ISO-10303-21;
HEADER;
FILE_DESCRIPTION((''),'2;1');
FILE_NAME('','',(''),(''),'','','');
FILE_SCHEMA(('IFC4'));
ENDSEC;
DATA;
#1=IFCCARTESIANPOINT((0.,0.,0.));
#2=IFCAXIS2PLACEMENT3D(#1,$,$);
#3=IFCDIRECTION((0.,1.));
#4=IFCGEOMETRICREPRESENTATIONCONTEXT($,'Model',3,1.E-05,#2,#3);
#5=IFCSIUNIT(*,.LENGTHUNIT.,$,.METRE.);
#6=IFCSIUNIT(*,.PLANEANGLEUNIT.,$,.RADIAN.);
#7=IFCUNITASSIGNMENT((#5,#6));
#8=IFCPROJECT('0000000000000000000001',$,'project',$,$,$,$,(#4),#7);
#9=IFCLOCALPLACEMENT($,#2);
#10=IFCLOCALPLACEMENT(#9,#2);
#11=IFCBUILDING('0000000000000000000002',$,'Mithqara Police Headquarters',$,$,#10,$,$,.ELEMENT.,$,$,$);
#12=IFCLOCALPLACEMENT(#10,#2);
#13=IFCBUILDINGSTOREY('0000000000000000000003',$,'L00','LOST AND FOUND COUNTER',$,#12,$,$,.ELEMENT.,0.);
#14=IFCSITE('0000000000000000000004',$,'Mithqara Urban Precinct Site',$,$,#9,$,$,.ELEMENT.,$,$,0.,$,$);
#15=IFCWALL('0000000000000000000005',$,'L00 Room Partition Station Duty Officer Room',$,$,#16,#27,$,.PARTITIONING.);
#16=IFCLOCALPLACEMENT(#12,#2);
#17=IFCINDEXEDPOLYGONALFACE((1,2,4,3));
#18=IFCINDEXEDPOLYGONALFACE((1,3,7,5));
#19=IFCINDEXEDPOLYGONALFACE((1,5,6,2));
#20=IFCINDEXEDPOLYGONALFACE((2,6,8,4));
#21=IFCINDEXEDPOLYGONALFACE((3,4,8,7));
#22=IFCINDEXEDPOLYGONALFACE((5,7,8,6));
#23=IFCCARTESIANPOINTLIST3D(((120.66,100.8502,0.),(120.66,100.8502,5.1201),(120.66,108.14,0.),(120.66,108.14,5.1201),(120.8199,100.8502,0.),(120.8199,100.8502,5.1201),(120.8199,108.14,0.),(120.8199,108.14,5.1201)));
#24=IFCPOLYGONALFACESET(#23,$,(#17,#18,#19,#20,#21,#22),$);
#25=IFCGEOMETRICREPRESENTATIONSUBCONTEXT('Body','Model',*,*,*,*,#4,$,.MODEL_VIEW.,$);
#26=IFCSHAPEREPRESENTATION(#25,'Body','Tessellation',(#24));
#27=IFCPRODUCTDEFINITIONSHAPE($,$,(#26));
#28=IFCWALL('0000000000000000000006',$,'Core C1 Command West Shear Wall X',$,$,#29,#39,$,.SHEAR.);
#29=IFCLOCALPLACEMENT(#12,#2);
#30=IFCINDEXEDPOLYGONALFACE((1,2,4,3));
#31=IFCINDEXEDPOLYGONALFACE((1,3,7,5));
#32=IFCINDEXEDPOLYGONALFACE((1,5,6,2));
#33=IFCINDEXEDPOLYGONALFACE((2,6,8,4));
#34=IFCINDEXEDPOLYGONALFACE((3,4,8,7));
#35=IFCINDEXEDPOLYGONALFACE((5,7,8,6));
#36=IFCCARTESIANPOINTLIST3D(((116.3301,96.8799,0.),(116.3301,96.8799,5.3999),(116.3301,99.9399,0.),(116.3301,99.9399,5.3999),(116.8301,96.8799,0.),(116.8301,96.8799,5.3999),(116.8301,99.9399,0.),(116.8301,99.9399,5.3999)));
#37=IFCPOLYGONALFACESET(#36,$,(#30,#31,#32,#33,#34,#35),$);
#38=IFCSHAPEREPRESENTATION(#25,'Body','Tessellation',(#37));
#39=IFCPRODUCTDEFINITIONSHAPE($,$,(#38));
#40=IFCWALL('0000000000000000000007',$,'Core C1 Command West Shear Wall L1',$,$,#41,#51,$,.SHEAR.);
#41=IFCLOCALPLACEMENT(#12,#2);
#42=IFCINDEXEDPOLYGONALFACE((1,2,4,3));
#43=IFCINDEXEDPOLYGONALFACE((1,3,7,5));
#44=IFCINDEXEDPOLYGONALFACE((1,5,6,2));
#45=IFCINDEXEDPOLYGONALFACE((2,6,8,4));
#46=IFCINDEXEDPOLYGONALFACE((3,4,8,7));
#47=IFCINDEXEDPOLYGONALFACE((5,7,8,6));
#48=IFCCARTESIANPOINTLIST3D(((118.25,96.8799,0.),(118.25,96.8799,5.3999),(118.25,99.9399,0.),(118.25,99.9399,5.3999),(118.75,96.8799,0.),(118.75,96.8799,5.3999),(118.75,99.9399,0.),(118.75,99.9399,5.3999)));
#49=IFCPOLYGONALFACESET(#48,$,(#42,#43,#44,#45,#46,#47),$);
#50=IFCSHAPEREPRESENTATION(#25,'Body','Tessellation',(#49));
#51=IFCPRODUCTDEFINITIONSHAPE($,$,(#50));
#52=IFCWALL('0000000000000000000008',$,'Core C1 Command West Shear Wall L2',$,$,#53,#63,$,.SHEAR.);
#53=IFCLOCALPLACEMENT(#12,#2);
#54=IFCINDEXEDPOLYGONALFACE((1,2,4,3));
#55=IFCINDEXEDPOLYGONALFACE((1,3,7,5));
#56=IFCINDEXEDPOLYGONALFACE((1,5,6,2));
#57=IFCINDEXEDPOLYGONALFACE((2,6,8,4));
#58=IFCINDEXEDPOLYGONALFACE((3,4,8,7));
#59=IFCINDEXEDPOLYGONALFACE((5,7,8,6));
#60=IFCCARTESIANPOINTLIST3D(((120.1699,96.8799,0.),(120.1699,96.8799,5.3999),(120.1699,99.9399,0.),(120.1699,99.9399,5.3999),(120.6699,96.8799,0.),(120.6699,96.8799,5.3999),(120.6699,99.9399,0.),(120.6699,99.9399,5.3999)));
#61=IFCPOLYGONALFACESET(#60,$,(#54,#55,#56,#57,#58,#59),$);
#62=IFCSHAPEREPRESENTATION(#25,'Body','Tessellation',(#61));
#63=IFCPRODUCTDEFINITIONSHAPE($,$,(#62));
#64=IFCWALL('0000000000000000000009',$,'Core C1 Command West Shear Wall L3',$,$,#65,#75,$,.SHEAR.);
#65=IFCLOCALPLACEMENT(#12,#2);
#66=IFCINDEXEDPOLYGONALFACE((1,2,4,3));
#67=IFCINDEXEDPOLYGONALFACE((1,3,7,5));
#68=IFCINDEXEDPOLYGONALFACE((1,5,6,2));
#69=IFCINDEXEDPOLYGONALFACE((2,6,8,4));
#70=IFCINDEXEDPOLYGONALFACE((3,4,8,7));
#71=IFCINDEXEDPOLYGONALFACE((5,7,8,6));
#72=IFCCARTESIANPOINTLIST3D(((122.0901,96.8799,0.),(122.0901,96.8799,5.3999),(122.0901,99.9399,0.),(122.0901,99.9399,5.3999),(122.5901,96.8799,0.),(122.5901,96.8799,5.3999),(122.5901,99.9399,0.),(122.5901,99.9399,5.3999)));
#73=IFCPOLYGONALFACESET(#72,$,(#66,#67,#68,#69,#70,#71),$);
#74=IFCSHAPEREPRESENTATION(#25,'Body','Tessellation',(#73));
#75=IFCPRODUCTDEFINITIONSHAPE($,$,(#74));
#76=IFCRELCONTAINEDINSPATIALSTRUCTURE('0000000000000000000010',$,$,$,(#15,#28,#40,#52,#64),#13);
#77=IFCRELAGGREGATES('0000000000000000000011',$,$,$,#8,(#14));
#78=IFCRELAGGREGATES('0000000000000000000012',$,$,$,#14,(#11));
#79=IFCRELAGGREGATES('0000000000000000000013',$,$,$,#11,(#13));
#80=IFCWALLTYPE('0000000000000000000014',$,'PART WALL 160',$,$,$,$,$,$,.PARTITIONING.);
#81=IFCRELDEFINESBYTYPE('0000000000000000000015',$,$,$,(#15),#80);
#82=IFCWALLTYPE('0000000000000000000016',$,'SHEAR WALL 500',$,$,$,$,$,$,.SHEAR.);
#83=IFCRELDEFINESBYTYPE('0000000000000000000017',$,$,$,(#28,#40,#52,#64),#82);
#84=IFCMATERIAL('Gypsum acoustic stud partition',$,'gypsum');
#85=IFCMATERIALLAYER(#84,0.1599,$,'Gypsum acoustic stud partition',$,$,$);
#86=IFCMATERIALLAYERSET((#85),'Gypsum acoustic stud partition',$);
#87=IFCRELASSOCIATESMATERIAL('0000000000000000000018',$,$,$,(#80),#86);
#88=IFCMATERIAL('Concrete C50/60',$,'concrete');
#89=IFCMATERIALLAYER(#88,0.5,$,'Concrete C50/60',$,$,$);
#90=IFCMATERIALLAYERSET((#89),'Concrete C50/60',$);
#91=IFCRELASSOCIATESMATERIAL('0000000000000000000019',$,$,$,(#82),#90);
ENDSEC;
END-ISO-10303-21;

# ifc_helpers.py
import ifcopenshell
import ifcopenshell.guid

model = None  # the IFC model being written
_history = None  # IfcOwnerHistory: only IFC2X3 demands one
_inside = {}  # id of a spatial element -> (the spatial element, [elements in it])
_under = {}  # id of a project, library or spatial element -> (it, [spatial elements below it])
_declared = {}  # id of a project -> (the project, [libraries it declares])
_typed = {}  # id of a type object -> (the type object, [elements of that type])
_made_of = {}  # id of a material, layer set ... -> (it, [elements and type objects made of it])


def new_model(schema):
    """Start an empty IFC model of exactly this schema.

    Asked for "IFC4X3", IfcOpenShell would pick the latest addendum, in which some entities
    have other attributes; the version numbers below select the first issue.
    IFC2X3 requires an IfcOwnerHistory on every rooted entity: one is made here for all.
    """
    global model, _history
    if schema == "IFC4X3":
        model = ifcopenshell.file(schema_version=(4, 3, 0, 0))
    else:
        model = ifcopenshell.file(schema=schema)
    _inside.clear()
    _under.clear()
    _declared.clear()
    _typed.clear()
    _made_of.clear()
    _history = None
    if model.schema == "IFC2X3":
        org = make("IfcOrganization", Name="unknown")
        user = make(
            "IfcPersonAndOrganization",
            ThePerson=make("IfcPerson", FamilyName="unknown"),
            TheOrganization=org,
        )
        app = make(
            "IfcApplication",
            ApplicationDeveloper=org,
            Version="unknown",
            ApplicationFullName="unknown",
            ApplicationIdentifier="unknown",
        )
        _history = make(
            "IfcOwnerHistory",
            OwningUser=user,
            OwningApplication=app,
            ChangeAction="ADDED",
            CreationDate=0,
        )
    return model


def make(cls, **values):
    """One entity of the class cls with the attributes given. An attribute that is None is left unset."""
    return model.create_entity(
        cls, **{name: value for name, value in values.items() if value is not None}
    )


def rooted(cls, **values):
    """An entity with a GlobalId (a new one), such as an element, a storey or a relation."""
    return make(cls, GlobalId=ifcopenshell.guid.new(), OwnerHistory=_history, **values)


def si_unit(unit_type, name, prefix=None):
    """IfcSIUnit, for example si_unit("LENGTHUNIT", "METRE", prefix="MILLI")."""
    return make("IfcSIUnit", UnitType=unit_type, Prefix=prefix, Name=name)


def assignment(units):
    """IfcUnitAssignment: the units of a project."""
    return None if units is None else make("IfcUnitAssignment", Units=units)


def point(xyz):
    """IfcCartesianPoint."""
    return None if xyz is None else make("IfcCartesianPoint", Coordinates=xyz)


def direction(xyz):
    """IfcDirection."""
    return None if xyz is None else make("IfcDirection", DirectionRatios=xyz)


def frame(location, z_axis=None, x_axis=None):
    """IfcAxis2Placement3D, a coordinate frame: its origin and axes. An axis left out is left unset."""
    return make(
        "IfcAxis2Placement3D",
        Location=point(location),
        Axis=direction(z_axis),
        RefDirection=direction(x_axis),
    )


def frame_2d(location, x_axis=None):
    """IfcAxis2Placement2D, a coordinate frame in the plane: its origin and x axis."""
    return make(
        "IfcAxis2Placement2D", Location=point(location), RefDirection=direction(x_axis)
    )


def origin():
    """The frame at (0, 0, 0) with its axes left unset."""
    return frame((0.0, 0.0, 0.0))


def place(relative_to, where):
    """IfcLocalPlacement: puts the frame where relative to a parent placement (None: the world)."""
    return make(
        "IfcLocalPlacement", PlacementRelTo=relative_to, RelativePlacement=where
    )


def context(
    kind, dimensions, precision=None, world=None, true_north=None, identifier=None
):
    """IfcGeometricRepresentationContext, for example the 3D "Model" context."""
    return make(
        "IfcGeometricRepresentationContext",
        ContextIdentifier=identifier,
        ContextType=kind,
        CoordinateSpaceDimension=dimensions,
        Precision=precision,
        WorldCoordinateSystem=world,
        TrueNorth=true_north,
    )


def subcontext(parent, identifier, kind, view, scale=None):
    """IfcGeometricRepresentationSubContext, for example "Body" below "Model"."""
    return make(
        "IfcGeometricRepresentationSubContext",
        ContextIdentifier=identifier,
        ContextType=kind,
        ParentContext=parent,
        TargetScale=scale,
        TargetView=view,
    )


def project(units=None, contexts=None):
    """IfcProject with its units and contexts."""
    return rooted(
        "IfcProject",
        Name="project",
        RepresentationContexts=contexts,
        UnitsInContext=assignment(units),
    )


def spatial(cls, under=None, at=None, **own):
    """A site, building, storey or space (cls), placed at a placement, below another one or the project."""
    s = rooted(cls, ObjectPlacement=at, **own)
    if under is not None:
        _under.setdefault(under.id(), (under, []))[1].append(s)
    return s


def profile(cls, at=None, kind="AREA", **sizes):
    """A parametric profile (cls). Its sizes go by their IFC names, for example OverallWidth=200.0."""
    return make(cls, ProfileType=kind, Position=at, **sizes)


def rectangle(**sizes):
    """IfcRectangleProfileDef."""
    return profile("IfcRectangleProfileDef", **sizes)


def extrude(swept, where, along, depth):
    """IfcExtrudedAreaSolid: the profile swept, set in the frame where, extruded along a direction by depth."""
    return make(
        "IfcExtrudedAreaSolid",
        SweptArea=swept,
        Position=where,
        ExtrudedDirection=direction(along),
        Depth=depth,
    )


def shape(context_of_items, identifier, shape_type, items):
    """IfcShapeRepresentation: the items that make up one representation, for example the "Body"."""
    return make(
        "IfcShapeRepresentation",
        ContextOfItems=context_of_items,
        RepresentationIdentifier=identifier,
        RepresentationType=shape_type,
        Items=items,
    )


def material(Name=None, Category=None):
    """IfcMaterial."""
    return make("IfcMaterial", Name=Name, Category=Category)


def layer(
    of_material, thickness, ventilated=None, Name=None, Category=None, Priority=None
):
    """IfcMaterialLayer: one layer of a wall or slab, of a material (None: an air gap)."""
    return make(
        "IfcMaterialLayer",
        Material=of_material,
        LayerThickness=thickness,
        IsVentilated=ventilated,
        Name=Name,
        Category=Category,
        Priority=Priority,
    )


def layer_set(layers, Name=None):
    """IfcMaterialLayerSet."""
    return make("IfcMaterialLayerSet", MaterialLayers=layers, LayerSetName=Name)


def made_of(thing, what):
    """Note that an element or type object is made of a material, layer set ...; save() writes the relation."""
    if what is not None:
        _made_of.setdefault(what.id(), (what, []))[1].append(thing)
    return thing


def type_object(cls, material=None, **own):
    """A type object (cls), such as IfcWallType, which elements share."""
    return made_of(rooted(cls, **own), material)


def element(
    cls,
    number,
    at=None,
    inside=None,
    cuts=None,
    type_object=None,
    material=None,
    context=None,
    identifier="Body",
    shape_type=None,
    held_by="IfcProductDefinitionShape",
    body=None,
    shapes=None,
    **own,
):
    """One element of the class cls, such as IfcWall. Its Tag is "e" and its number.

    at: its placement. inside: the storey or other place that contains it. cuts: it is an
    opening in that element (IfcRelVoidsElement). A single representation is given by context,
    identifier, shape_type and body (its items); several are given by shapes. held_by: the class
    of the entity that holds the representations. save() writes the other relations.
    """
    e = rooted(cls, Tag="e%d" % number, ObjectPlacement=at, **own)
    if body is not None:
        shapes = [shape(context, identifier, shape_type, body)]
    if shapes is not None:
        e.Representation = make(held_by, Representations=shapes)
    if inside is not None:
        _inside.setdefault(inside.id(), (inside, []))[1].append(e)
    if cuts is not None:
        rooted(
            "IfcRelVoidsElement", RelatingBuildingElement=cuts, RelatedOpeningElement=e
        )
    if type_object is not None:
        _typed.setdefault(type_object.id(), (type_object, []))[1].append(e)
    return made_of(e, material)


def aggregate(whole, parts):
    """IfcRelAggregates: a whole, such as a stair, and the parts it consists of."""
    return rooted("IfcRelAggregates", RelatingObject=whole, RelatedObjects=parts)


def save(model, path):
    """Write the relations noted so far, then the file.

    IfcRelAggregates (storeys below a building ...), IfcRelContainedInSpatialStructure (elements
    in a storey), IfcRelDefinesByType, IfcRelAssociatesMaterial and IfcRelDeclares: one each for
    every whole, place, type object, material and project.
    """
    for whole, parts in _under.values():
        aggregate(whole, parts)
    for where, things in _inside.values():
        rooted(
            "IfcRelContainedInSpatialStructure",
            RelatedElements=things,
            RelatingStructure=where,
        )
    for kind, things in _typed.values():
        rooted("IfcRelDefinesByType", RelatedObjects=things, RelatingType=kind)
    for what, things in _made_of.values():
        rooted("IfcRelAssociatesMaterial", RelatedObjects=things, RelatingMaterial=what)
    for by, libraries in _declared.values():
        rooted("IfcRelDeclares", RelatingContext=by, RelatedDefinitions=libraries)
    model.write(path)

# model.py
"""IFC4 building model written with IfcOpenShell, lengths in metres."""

from ifc_helpers import new_model, si_unit, direction, frame, frame_2d, origin, place, context, subcontext, project, spatial, rectangle, extrude, material, layer, layer_set, type_object, element, save


model = new_model("IFC4")

# Units and contexts
model_context = context("Model", 3, precision=1e-05, world=origin(), true_north=direction((0.0, 1.0)))
body_context = subcontext(model_context, "Body", "Model", "MODEL_VIEW")
ifc_project = project(units=[si_unit("LENGTHUNIT", "METRE"), si_unit("PLANEANGLEUNIT", "RADIAN")], contexts=[model_context])

# Site, building, storey
site_placement = place(None, origin())
site = spatial("IfcSite", under=ifc_project, at=site_placement, Name="Mithqara Urban Precinct Site", CompositionType="ELEMENT", RefElevation=0.0)
building_placement = place(site_placement, origin())
building = spatial("IfcBuilding", under=site, at=building_placement, Name="Mithqara Police Headquarters", CompositionType="ELEMENT")
storey_placement = place(building_placement, origin())
storey = spatial("IfcBuildingStorey", under=building, at=storey_placement, Name="L00", Description="LOST AND FOUND COUNTER", CompositionType="ELEMENT", Elevation=0.0)

# Walls
ifc_material_1 = material(Name="Gypsum acoustic stud partition", Category="gypsum")
ifc_layer_1 = layer(ifc_material_1, 0.1599, Name="Gypsum acoustic stud partition")
ifc_layer_set_1 = layer_set([ifc_layer_1], Name="Gypsum acoustic stud partition")
wall_type_1 = type_object("IfcWallType", Name="PART WALL 160", PredefinedType="PARTITIONING", material=ifc_layer_set_1)
wall_placement = place(storey_placement, frame((120.74, 100.8501, 0.0), z_axis=(0.0, 0.0, 1.0), x_axis=(0.0, 1.0, 0.0)))
element("IfcWall", 1, at=wall_placement, inside=storey, type_object=wall_type_1, Name="L00 Room Partition Station Duty Officer Room", PredefinedType="PARTITIONING", context=body_context, shape_type="SweptSolid", body=[
    extrude(rectangle(XDim=7.2898, YDim=0.1599, at=frame_2d((3.645, 0.0))), origin(), (0.0, 0.0, 1.0), 5.1201),
])
ifc_material_2 = material(Name="Concrete C50/60", Category="concrete")
ifc_layer_2 = layer(ifc_material_2, 0.5, Name="Concrete C50/60")
ifc_layer_set_2 = layer_set([ifc_layer_2], Name="Concrete C50/60")
wall_type_2 = type_object("IfcWallType", Name="SHEAR WALL 500", PredefinedType="SHEAR", material=ifc_layer_set_2)
for number, where, z_axis, x_axis, name in (
    (2, (116.5801, 96.8799, 0.0), (0.0, 0.0, 1.0), (0.0, 1.0, 0.0), "Core C1 Command West Shear Wall X"),
    (3, (118.5, 96.8799, 0.0), (0.0, 0.0, 1.0), (0.0, 1.0, 0.0), "Core C1 Command West Shear Wall L1"),
    (4, (120.4199, 96.8799, 0.0), (0.0, 0.0, 1.0), (0.0, 1.0, 0.0), "Core C1 Command West Shear Wall L2"),
    (5, (122.3401, 96.8799, 0.0), (0.0, 0.0, 1.0), (0.0, 1.0, 0.0), "Core C1 Command West Shear Wall L3"),
):
    element("IfcWall", number, at=place(storey_placement, frame(where, z_axis=z_axis, x_axis=x_axis)), inside=storey, type_object=wall_type_2, Name=name, PredefinedType="SHEAR", context=body_context, shape_type="SweptSolid", body=[
        extrude(rectangle(XDim=3.0601, YDim=0.5, at=frame_2d((1.53, 0.0))), origin(), (0.0, 0.0, 1.0), 5.3999),
    ])

save(model, "model.ifc")
